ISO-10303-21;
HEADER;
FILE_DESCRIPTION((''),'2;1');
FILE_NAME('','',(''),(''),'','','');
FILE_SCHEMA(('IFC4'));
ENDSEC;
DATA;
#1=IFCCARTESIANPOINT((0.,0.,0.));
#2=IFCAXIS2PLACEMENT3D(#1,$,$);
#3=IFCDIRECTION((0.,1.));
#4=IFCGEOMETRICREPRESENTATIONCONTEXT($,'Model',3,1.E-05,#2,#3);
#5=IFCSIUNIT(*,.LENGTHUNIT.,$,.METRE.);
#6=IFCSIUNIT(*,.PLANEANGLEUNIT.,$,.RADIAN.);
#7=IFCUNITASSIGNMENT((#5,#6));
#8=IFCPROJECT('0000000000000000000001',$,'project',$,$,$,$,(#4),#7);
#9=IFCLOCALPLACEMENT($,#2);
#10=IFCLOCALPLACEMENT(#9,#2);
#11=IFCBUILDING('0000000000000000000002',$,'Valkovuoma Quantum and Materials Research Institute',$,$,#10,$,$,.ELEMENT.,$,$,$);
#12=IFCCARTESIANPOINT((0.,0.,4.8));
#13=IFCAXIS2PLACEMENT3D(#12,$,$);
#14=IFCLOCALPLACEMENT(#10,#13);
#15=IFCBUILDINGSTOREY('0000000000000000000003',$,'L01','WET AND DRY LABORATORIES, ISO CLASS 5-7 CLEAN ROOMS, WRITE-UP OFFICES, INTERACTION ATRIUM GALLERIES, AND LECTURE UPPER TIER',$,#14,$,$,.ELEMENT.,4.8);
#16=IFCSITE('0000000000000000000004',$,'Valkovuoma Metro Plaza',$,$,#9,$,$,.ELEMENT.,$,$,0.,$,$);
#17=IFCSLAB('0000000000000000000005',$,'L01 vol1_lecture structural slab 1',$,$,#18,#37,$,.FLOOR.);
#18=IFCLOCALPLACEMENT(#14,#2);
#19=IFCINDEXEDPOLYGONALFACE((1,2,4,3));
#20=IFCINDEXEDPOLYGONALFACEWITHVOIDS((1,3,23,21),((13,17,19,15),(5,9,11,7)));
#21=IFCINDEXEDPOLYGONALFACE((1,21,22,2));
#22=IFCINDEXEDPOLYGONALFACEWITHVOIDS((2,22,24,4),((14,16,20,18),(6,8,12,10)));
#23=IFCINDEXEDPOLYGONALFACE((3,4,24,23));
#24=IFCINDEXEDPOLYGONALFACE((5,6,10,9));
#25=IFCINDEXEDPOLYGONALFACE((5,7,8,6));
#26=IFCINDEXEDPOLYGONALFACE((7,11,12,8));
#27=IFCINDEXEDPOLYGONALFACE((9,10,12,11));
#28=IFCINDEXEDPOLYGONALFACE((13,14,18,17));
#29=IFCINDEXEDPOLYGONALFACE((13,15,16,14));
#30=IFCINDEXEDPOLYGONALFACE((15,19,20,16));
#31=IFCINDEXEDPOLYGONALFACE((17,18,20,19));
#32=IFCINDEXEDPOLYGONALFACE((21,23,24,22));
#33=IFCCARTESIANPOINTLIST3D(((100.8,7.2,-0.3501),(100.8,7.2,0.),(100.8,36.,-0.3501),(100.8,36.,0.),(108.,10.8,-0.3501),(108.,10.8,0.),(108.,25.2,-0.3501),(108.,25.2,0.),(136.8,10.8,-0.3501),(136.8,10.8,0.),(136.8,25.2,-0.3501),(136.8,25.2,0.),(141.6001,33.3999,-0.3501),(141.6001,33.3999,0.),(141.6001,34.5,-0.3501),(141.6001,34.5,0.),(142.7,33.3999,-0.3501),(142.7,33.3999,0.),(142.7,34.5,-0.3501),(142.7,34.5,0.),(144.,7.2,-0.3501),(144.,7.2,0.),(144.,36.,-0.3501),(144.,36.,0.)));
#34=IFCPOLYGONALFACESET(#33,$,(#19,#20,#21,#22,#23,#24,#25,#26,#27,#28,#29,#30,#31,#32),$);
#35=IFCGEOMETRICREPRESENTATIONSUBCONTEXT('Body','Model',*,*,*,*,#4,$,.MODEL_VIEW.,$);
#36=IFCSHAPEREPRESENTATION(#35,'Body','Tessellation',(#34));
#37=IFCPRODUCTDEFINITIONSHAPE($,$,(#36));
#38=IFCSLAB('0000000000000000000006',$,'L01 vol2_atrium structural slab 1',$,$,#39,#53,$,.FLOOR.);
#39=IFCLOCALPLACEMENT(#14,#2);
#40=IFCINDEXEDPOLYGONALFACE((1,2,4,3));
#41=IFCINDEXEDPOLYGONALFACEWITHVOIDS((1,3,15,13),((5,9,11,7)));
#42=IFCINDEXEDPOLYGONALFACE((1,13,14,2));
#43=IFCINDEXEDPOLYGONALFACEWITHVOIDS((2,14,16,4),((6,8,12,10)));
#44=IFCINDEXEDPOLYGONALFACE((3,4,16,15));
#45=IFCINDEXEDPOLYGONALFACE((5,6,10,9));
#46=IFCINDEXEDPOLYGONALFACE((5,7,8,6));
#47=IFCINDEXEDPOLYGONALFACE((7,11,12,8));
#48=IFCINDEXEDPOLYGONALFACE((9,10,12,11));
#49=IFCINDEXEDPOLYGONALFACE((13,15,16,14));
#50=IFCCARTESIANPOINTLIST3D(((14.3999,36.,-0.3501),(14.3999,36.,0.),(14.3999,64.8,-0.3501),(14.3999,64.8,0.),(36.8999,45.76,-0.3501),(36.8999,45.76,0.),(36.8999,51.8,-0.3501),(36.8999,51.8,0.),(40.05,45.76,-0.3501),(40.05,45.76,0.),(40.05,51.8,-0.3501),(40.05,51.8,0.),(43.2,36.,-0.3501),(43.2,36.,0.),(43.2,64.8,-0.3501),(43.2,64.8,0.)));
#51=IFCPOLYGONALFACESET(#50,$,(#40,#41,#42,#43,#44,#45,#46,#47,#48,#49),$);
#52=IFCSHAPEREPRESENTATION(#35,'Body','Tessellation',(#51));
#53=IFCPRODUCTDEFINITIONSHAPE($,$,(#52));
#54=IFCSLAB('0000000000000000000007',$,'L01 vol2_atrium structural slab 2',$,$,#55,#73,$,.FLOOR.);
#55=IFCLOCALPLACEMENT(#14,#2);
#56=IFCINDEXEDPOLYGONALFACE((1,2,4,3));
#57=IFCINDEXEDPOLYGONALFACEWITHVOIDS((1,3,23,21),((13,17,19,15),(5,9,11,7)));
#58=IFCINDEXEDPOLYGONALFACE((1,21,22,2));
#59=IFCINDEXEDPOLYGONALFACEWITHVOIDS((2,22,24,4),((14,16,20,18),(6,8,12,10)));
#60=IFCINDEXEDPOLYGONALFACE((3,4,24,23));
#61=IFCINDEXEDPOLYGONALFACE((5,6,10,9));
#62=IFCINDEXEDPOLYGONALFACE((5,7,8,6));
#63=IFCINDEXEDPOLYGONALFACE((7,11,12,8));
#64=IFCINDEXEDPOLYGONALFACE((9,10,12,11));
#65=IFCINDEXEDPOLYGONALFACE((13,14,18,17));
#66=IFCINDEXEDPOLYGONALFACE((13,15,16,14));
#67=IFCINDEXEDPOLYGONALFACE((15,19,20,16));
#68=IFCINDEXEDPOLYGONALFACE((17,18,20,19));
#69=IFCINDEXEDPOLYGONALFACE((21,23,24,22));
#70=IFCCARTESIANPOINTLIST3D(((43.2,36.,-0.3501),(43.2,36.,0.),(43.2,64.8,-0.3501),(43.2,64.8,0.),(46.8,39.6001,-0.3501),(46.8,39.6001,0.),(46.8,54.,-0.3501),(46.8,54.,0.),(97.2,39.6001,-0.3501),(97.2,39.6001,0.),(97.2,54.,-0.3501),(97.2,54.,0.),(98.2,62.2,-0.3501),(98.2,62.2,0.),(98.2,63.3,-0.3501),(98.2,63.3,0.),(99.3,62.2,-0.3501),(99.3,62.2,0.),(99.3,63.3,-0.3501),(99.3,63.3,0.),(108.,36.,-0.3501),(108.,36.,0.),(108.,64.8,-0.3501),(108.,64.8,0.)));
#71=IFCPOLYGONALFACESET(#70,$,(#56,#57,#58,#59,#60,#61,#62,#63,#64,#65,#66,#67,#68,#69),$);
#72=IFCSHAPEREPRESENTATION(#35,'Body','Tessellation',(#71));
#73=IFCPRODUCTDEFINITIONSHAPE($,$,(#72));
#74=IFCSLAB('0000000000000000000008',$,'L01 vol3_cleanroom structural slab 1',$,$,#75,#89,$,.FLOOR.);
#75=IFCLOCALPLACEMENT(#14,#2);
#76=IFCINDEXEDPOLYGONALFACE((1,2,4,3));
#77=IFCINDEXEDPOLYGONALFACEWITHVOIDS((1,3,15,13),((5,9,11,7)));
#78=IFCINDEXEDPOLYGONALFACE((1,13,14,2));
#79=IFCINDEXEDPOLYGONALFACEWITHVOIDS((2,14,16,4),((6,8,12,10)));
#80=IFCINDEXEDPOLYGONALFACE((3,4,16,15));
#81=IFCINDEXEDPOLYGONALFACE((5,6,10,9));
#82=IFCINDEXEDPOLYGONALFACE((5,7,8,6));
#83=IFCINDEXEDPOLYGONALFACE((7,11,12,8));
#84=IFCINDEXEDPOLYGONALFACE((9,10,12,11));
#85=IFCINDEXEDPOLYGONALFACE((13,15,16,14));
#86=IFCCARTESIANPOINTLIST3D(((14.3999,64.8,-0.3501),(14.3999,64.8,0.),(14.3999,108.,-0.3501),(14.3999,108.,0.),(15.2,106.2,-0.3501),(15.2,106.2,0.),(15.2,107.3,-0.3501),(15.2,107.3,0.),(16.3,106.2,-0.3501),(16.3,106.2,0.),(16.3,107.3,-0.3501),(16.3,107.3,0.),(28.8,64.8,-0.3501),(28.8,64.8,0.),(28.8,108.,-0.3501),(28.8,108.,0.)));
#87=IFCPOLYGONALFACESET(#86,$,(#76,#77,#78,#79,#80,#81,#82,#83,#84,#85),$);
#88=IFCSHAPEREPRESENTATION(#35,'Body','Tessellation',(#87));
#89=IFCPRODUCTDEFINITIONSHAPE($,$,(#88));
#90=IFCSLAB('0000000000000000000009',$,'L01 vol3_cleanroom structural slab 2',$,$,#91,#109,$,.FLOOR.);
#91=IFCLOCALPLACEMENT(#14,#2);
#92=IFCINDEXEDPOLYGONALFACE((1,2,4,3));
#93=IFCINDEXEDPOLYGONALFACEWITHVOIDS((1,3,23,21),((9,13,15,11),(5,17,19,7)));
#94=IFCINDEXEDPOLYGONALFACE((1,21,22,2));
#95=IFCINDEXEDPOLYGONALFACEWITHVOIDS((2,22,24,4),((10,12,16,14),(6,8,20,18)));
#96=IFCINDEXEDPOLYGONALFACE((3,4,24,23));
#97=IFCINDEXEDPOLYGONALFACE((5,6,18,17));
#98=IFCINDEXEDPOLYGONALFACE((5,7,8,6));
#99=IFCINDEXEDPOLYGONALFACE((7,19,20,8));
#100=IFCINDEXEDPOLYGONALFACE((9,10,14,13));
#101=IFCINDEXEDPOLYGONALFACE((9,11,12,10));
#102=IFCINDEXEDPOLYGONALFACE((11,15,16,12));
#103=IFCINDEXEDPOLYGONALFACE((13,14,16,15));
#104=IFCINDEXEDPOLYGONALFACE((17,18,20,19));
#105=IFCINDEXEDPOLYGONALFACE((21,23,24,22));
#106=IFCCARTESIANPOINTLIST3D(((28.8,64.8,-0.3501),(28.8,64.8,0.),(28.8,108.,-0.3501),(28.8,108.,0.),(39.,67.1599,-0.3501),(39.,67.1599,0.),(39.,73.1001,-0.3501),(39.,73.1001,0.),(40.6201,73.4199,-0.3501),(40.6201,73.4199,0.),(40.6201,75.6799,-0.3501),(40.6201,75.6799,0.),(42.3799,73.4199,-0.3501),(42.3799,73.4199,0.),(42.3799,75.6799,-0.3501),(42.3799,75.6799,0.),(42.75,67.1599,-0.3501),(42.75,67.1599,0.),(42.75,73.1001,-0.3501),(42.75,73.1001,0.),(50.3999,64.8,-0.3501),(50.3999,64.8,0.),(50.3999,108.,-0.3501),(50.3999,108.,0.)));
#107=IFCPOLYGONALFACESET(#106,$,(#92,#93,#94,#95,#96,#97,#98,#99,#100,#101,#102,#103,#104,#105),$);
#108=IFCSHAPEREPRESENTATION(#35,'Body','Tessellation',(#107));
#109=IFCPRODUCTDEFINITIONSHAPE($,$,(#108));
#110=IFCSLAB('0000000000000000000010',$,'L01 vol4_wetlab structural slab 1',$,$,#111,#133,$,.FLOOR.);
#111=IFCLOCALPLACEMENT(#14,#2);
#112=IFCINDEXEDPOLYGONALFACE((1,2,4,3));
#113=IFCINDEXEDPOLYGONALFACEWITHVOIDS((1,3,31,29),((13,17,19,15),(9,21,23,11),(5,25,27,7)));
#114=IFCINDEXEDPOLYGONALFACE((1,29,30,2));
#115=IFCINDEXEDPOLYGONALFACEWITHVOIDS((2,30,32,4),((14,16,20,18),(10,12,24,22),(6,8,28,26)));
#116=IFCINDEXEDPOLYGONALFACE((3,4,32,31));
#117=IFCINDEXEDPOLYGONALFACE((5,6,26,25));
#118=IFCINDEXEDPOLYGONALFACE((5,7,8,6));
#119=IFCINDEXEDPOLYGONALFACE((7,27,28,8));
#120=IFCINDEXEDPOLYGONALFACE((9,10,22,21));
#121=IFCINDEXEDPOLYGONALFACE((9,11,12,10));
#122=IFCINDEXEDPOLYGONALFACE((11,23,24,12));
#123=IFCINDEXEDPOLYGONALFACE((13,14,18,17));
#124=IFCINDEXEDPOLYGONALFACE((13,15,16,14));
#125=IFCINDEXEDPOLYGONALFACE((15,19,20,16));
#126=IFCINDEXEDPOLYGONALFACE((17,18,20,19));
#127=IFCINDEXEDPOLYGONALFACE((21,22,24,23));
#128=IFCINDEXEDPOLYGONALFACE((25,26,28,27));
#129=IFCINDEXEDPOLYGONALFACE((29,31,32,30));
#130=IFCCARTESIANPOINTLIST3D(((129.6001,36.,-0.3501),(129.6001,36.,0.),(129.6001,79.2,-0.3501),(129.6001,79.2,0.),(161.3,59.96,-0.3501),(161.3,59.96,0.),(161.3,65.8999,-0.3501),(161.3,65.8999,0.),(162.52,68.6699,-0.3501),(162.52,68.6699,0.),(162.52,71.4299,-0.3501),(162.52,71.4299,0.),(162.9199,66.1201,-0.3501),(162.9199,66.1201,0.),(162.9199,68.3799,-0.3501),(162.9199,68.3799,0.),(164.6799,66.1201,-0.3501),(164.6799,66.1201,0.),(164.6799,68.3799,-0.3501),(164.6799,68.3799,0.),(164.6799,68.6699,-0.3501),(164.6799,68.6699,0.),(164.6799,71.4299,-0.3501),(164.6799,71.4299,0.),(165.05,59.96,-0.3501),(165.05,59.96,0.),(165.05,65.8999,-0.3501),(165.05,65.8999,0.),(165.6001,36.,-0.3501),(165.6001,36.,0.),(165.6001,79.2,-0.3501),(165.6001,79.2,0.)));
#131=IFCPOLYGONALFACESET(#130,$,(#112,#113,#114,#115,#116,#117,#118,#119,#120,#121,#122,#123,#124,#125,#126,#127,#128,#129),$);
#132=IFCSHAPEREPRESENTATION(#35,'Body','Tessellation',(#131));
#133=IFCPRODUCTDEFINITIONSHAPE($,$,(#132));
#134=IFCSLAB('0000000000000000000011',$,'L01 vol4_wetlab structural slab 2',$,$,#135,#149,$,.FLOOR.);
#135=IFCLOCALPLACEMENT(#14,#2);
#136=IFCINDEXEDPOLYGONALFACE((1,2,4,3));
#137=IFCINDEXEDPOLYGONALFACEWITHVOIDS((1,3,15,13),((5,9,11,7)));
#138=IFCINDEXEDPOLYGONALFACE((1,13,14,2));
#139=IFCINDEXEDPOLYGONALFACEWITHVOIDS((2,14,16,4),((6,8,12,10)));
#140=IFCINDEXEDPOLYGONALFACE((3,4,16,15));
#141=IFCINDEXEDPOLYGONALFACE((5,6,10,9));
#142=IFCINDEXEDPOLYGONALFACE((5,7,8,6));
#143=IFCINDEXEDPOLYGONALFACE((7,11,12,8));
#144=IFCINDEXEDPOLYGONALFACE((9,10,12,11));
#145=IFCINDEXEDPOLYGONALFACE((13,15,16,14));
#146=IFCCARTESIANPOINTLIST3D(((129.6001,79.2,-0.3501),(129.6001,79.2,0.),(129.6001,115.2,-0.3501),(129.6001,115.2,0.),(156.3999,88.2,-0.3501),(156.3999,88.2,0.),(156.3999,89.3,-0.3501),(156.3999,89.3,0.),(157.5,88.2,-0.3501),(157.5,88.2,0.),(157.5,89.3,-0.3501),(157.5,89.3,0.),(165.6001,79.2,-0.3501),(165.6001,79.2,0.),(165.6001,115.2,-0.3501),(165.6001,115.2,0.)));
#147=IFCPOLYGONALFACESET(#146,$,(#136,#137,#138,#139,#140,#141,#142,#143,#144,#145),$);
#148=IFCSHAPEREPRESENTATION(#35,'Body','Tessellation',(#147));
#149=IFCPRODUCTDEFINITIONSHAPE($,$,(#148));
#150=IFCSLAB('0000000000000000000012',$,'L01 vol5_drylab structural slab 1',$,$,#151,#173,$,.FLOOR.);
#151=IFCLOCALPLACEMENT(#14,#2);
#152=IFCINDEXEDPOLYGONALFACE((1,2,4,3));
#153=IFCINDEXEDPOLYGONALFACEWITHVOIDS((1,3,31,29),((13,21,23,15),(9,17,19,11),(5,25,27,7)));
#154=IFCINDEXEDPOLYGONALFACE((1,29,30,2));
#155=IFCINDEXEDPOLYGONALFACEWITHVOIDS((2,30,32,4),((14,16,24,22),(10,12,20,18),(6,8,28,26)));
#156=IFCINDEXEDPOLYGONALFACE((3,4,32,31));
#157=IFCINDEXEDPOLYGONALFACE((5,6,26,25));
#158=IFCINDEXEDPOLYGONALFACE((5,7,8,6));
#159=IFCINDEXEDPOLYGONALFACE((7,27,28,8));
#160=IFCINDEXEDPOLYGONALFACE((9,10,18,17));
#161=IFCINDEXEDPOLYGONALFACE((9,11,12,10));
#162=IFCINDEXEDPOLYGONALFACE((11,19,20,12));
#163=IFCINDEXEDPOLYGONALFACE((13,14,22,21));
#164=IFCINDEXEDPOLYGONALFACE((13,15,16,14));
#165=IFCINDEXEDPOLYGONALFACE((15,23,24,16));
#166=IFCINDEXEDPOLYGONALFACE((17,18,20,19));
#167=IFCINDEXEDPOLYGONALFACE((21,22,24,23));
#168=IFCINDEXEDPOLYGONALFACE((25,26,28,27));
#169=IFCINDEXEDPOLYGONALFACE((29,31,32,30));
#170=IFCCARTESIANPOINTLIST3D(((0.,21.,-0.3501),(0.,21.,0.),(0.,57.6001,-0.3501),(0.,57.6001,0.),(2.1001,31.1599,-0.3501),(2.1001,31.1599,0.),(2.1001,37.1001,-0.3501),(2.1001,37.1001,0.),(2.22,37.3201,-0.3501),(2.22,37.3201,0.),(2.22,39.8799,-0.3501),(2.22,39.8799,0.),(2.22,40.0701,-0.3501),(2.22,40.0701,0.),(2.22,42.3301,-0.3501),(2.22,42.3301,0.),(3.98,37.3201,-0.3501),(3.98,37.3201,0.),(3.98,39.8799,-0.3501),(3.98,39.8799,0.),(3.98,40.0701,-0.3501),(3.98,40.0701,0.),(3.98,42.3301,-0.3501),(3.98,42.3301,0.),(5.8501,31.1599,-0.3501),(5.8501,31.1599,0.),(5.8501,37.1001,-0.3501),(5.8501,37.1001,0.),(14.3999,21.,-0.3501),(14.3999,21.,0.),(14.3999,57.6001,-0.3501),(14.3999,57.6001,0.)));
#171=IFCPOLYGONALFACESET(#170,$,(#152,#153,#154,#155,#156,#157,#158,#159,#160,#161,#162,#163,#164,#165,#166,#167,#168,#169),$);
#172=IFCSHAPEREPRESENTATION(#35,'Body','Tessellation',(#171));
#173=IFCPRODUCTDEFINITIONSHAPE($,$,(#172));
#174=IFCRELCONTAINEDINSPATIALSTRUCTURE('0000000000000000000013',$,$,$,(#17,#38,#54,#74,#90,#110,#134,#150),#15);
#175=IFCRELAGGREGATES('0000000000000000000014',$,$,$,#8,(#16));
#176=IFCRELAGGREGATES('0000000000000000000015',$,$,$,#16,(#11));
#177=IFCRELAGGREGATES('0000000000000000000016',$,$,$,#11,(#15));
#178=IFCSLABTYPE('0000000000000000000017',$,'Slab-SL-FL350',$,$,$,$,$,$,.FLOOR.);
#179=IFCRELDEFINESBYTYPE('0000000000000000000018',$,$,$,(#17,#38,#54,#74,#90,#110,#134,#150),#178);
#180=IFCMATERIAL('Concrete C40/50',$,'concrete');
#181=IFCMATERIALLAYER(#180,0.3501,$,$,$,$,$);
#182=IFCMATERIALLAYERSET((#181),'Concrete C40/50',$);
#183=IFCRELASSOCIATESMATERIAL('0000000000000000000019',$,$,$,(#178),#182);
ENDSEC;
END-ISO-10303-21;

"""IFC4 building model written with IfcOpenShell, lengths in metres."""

from ifc_helpers import new_model, si_unit, direction, frame, origin, place, context, subcontext, project, spatial, polyline, outline, extrude, material, layer, layer_set, type_object, element, save


model = new_model("IFC4")

# Units and contexts
model_context = context("Model", 3, precision=1e-05, world=origin(), true_north=direction((0.0, 1.0)))
body_context = subcontext(model_context, "Body", "Model", "MODEL_VIEW")
ifc_project = project(units=[si_unit("LENGTHUNIT", "METRE"), si_unit("PLANEANGLEUNIT", "RADIAN")], contexts=[model_context])

# Site, building, storey
site_placement = place(None, origin())
site = spatial("IfcSite", under=ifc_project, at=site_placement, Name="Valkovuoma Metro Plaza", CompositionType="ELEMENT", RefElevation=0.0)
building_placement = place(site_placement, origin())
building = spatial("IfcBuilding", under=site, at=building_placement, Name="Valkovuoma Quantum and Materials Research Institute", CompositionType="ELEMENT")
storey_placement = place(building_placement, frame((0.0, 0.0, 4.8)))
storey = spatial("IfcBuildingStorey", under=building, at=storey_placement, Name="L01", Description="WET AND DRY LABORATORIES, ISO CLASS 5-7 CLEAN ROOMS, WRITE-UP OFFICES, INTERACTION ATRIUM GALLERIES, AND LECTURE UPPER TIER", CompositionType="ELEMENT", Elevation=4.8)

# Slabs
ifc_material_1 = material(Name="Concrete C40/50", Category="concrete")
ifc_layer_1 = layer(ifc_material_1, 0.3501)
ifc_layer_set_1 = layer_set([ifc_layer_1], Name="Concrete C40/50")
slab_type_1 = type_object("IfcSlabType", Name="Slab-SL-FL350", PredefinedType="FLOOR", material=ifc_layer_set_1)
slab_1_placement = place(storey_placement, frame((0.0, 0.0, -0.3501)))
element("IfcSlab", 1, at=slab_1_placement, inside=storey, type_object=slab_type_1, Name="L01 vol1_lecture structural slab 1", PredefinedType="FLOOR", context=body_context, shape_type="SweptSolid", body=[
    extrude(outline(polyline([(100.8, 7.2), (144.0, 7.2), (144.0, 36.0), (100.8, 36.0), (100.8, 7.2)]), holes=[polyline([(141.6001, 33.3999), (142.7, 33.3999), (142.7, 34.5), (141.6001, 34.5), (141.6001, 33.3999)]), polyline([(108.0, 10.8), (136.8, 10.8), (136.8, 25.2), (108.0, 25.2), (108.0, 10.8)])]), origin(), (0.0, 0.0, 1.0), 0.3501),
])
slab_2_placement = place(storey_placement, frame((0.0, 0.0, -0.3501)))
element("IfcSlab", 2, at=slab_2_placement, inside=storey, type_object=slab_type_1, Name="L01 vol2_atrium structural slab 1", PredefinedType="FLOOR", context=body_context, shape_type="SweptSolid", body=[
    extrude(outline(polyline([(14.3999, 36.0), (43.2, 36.0), (43.2, 64.8), (14.3999, 64.8), (14.3999, 36.0)]), holes=[polyline([(36.8999, 45.76), (40.05, 45.76), (40.05, 51.8), (36.8999, 51.8), (36.8999, 45.76)])]), origin(), (0.0, 0.0, 1.0), 0.3501),
])
slab_3_placement = place(storey_placement, frame((0.0, 0.0, -0.3501)))
element("IfcSlab", 3, at=slab_3_placement, inside=storey, type_object=slab_type_1, Name="L01 vol2_atrium structural slab 2", PredefinedType="FLOOR", context=body_context, shape_type="SweptSolid", body=[
    extrude(outline(polyline([(43.2, 36.0), (108.0, 36.0), (108.0, 64.8), (43.2, 64.8), (43.2, 36.0)]), holes=[polyline([(98.2, 62.2), (99.3, 62.2), (99.3, 63.3), (98.2, 63.3), (98.2, 62.2)]), polyline([(46.8, 39.6001), (97.2, 39.6001), (97.2, 54.0), (46.8, 54.0), (46.8, 39.6001)])]), origin(), (0.0, 0.0, 1.0), 0.3501),
])
slab_4_placement = place(storey_placement, frame((0.0, 0.0, -0.3501)))
element("IfcSlab", 4, at=slab_4_placement, inside=storey, type_object=slab_type_1, Name="L01 vol3_cleanroom structural slab 1", PredefinedType="FLOOR", context=body_context, shape_type="SweptSolid", body=[
    extrude(outline(polyline([(14.3999, 64.8), (28.8, 64.8), (28.8, 108.0), (14.3999, 108.0), (14.3999, 64.8)]), holes=[polyline([(15.2, 106.2), (16.3, 106.2), (16.3, 107.3), (15.2, 107.3), (15.2, 106.2)])]), origin(), (0.0, 0.0, 1.0), 0.3501),
])
slab_5_placement = place(storey_placement, frame((0.0, 0.0, -0.3501)))
element("IfcSlab", 5, at=slab_5_placement, inside=storey, type_object=slab_type_1, Name="L01 vol3_cleanroom structural slab 2", PredefinedType="FLOOR", context=body_context, shape_type="SweptSolid", body=[
    extrude(outline(polyline([(28.8, 64.8), (50.3999, 64.8), (50.3999, 108.0), (28.8, 108.0), (28.8, 64.8)]), holes=[polyline([(39.0, 67.1599), (42.75, 67.1599), (42.75, 73.1001), (39.0, 73.1001), (39.0, 67.1599)]), polyline([(40.6201, 73.4199), (42.3799, 73.4199), (42.3799, 75.6799), (40.6201, 75.6799), (40.6201, 73.4199)])]), origin(), (0.0, 0.0, 1.0), 0.3501),
])
slab_6_placement = place(storey_placement, frame((0.0, 0.0, -0.3501)))
element("IfcSlab", 6, at=slab_6_placement, inside=storey, type_object=slab_type_1, Name="L01 vol4_wetlab structural slab 1", PredefinedType="FLOOR", context=body_context, shape_type="SweptSolid", body=[
    extrude(outline(polyline([(129.6001, 36.0), (165.6001, 36.0), (165.6001, 79.2), (129.6001, 79.2), (129.6001, 36.0)]), holes=[polyline([(161.3, 59.96), (165.05, 59.96), (165.05, 65.8999), (161.3, 65.8999), (161.3, 59.96)]), polyline([(162.9199, 66.1201), (164.6799, 66.1201), (164.6799, 68.3799), (162.9199, 68.3799), (162.9199, 66.1201)]), polyline([(162.52, 68.6699), (164.6799, 68.6699), (164.6799, 71.4299), (162.52, 71.4299), (162.52, 68.6699)])]), origin(), (0.0, 0.0, 1.0), 0.3501),
])
slab_7_placement = place(storey_placement, frame((0.0, 0.0, -0.3501)))
element("IfcSlab", 7, at=slab_7_placement, inside=storey, type_object=slab_type_1, Name="L01 vol4_wetlab structural slab 2", PredefinedType="FLOOR", context=body_context, shape_type="SweptSolid", body=[
    extrude(outline(polyline([(129.6001, 79.2), (165.6001, 79.2), (165.6001, 115.2), (129.6001, 115.2), (129.6001, 79.2)]), holes=[polyline([(156.3999, 88.2), (157.5, 88.2), (157.5, 89.3), (156.3999, 89.3), (156.3999, 88.2)])]), origin(), (0.0, 0.0, 1.0), 0.3501),
])
slab_8_placement = place(storey_placement, frame((0.0, 0.0, -0.3501)))
element("IfcSlab", 8, at=slab_8_placement, inside=storey, type_object=slab_type_1, Name="L01 vol5_drylab structural slab 1", PredefinedType="FLOOR", context=body_context, shape_type="SweptSolid", body=[
    extrude(outline(polyline([(0.0, 21.0), (14.3999, 21.0), (14.3999, 57.6001), (0.0, 57.6001), (0.0, 21.0)]), holes=[polyline([(2.1001, 31.1599), (5.8501, 31.1599), (5.8501, 37.1001), (2.1001, 37.1001), (2.1001, 31.1599)]), polyline([(2.22, 37.3201), (3.98, 37.3201), (3.98, 39.8799), (2.22, 39.8799), (2.22, 37.3201)]), polyline([(2.22, 40.0701), (3.98, 40.0701), (3.98, 42.3301), (2.22, 42.3301), (2.22, 40.0701)])]), origin(), (0.0, 0.0, 1.0), 0.3501),
])

save(model, "model.ifc")
